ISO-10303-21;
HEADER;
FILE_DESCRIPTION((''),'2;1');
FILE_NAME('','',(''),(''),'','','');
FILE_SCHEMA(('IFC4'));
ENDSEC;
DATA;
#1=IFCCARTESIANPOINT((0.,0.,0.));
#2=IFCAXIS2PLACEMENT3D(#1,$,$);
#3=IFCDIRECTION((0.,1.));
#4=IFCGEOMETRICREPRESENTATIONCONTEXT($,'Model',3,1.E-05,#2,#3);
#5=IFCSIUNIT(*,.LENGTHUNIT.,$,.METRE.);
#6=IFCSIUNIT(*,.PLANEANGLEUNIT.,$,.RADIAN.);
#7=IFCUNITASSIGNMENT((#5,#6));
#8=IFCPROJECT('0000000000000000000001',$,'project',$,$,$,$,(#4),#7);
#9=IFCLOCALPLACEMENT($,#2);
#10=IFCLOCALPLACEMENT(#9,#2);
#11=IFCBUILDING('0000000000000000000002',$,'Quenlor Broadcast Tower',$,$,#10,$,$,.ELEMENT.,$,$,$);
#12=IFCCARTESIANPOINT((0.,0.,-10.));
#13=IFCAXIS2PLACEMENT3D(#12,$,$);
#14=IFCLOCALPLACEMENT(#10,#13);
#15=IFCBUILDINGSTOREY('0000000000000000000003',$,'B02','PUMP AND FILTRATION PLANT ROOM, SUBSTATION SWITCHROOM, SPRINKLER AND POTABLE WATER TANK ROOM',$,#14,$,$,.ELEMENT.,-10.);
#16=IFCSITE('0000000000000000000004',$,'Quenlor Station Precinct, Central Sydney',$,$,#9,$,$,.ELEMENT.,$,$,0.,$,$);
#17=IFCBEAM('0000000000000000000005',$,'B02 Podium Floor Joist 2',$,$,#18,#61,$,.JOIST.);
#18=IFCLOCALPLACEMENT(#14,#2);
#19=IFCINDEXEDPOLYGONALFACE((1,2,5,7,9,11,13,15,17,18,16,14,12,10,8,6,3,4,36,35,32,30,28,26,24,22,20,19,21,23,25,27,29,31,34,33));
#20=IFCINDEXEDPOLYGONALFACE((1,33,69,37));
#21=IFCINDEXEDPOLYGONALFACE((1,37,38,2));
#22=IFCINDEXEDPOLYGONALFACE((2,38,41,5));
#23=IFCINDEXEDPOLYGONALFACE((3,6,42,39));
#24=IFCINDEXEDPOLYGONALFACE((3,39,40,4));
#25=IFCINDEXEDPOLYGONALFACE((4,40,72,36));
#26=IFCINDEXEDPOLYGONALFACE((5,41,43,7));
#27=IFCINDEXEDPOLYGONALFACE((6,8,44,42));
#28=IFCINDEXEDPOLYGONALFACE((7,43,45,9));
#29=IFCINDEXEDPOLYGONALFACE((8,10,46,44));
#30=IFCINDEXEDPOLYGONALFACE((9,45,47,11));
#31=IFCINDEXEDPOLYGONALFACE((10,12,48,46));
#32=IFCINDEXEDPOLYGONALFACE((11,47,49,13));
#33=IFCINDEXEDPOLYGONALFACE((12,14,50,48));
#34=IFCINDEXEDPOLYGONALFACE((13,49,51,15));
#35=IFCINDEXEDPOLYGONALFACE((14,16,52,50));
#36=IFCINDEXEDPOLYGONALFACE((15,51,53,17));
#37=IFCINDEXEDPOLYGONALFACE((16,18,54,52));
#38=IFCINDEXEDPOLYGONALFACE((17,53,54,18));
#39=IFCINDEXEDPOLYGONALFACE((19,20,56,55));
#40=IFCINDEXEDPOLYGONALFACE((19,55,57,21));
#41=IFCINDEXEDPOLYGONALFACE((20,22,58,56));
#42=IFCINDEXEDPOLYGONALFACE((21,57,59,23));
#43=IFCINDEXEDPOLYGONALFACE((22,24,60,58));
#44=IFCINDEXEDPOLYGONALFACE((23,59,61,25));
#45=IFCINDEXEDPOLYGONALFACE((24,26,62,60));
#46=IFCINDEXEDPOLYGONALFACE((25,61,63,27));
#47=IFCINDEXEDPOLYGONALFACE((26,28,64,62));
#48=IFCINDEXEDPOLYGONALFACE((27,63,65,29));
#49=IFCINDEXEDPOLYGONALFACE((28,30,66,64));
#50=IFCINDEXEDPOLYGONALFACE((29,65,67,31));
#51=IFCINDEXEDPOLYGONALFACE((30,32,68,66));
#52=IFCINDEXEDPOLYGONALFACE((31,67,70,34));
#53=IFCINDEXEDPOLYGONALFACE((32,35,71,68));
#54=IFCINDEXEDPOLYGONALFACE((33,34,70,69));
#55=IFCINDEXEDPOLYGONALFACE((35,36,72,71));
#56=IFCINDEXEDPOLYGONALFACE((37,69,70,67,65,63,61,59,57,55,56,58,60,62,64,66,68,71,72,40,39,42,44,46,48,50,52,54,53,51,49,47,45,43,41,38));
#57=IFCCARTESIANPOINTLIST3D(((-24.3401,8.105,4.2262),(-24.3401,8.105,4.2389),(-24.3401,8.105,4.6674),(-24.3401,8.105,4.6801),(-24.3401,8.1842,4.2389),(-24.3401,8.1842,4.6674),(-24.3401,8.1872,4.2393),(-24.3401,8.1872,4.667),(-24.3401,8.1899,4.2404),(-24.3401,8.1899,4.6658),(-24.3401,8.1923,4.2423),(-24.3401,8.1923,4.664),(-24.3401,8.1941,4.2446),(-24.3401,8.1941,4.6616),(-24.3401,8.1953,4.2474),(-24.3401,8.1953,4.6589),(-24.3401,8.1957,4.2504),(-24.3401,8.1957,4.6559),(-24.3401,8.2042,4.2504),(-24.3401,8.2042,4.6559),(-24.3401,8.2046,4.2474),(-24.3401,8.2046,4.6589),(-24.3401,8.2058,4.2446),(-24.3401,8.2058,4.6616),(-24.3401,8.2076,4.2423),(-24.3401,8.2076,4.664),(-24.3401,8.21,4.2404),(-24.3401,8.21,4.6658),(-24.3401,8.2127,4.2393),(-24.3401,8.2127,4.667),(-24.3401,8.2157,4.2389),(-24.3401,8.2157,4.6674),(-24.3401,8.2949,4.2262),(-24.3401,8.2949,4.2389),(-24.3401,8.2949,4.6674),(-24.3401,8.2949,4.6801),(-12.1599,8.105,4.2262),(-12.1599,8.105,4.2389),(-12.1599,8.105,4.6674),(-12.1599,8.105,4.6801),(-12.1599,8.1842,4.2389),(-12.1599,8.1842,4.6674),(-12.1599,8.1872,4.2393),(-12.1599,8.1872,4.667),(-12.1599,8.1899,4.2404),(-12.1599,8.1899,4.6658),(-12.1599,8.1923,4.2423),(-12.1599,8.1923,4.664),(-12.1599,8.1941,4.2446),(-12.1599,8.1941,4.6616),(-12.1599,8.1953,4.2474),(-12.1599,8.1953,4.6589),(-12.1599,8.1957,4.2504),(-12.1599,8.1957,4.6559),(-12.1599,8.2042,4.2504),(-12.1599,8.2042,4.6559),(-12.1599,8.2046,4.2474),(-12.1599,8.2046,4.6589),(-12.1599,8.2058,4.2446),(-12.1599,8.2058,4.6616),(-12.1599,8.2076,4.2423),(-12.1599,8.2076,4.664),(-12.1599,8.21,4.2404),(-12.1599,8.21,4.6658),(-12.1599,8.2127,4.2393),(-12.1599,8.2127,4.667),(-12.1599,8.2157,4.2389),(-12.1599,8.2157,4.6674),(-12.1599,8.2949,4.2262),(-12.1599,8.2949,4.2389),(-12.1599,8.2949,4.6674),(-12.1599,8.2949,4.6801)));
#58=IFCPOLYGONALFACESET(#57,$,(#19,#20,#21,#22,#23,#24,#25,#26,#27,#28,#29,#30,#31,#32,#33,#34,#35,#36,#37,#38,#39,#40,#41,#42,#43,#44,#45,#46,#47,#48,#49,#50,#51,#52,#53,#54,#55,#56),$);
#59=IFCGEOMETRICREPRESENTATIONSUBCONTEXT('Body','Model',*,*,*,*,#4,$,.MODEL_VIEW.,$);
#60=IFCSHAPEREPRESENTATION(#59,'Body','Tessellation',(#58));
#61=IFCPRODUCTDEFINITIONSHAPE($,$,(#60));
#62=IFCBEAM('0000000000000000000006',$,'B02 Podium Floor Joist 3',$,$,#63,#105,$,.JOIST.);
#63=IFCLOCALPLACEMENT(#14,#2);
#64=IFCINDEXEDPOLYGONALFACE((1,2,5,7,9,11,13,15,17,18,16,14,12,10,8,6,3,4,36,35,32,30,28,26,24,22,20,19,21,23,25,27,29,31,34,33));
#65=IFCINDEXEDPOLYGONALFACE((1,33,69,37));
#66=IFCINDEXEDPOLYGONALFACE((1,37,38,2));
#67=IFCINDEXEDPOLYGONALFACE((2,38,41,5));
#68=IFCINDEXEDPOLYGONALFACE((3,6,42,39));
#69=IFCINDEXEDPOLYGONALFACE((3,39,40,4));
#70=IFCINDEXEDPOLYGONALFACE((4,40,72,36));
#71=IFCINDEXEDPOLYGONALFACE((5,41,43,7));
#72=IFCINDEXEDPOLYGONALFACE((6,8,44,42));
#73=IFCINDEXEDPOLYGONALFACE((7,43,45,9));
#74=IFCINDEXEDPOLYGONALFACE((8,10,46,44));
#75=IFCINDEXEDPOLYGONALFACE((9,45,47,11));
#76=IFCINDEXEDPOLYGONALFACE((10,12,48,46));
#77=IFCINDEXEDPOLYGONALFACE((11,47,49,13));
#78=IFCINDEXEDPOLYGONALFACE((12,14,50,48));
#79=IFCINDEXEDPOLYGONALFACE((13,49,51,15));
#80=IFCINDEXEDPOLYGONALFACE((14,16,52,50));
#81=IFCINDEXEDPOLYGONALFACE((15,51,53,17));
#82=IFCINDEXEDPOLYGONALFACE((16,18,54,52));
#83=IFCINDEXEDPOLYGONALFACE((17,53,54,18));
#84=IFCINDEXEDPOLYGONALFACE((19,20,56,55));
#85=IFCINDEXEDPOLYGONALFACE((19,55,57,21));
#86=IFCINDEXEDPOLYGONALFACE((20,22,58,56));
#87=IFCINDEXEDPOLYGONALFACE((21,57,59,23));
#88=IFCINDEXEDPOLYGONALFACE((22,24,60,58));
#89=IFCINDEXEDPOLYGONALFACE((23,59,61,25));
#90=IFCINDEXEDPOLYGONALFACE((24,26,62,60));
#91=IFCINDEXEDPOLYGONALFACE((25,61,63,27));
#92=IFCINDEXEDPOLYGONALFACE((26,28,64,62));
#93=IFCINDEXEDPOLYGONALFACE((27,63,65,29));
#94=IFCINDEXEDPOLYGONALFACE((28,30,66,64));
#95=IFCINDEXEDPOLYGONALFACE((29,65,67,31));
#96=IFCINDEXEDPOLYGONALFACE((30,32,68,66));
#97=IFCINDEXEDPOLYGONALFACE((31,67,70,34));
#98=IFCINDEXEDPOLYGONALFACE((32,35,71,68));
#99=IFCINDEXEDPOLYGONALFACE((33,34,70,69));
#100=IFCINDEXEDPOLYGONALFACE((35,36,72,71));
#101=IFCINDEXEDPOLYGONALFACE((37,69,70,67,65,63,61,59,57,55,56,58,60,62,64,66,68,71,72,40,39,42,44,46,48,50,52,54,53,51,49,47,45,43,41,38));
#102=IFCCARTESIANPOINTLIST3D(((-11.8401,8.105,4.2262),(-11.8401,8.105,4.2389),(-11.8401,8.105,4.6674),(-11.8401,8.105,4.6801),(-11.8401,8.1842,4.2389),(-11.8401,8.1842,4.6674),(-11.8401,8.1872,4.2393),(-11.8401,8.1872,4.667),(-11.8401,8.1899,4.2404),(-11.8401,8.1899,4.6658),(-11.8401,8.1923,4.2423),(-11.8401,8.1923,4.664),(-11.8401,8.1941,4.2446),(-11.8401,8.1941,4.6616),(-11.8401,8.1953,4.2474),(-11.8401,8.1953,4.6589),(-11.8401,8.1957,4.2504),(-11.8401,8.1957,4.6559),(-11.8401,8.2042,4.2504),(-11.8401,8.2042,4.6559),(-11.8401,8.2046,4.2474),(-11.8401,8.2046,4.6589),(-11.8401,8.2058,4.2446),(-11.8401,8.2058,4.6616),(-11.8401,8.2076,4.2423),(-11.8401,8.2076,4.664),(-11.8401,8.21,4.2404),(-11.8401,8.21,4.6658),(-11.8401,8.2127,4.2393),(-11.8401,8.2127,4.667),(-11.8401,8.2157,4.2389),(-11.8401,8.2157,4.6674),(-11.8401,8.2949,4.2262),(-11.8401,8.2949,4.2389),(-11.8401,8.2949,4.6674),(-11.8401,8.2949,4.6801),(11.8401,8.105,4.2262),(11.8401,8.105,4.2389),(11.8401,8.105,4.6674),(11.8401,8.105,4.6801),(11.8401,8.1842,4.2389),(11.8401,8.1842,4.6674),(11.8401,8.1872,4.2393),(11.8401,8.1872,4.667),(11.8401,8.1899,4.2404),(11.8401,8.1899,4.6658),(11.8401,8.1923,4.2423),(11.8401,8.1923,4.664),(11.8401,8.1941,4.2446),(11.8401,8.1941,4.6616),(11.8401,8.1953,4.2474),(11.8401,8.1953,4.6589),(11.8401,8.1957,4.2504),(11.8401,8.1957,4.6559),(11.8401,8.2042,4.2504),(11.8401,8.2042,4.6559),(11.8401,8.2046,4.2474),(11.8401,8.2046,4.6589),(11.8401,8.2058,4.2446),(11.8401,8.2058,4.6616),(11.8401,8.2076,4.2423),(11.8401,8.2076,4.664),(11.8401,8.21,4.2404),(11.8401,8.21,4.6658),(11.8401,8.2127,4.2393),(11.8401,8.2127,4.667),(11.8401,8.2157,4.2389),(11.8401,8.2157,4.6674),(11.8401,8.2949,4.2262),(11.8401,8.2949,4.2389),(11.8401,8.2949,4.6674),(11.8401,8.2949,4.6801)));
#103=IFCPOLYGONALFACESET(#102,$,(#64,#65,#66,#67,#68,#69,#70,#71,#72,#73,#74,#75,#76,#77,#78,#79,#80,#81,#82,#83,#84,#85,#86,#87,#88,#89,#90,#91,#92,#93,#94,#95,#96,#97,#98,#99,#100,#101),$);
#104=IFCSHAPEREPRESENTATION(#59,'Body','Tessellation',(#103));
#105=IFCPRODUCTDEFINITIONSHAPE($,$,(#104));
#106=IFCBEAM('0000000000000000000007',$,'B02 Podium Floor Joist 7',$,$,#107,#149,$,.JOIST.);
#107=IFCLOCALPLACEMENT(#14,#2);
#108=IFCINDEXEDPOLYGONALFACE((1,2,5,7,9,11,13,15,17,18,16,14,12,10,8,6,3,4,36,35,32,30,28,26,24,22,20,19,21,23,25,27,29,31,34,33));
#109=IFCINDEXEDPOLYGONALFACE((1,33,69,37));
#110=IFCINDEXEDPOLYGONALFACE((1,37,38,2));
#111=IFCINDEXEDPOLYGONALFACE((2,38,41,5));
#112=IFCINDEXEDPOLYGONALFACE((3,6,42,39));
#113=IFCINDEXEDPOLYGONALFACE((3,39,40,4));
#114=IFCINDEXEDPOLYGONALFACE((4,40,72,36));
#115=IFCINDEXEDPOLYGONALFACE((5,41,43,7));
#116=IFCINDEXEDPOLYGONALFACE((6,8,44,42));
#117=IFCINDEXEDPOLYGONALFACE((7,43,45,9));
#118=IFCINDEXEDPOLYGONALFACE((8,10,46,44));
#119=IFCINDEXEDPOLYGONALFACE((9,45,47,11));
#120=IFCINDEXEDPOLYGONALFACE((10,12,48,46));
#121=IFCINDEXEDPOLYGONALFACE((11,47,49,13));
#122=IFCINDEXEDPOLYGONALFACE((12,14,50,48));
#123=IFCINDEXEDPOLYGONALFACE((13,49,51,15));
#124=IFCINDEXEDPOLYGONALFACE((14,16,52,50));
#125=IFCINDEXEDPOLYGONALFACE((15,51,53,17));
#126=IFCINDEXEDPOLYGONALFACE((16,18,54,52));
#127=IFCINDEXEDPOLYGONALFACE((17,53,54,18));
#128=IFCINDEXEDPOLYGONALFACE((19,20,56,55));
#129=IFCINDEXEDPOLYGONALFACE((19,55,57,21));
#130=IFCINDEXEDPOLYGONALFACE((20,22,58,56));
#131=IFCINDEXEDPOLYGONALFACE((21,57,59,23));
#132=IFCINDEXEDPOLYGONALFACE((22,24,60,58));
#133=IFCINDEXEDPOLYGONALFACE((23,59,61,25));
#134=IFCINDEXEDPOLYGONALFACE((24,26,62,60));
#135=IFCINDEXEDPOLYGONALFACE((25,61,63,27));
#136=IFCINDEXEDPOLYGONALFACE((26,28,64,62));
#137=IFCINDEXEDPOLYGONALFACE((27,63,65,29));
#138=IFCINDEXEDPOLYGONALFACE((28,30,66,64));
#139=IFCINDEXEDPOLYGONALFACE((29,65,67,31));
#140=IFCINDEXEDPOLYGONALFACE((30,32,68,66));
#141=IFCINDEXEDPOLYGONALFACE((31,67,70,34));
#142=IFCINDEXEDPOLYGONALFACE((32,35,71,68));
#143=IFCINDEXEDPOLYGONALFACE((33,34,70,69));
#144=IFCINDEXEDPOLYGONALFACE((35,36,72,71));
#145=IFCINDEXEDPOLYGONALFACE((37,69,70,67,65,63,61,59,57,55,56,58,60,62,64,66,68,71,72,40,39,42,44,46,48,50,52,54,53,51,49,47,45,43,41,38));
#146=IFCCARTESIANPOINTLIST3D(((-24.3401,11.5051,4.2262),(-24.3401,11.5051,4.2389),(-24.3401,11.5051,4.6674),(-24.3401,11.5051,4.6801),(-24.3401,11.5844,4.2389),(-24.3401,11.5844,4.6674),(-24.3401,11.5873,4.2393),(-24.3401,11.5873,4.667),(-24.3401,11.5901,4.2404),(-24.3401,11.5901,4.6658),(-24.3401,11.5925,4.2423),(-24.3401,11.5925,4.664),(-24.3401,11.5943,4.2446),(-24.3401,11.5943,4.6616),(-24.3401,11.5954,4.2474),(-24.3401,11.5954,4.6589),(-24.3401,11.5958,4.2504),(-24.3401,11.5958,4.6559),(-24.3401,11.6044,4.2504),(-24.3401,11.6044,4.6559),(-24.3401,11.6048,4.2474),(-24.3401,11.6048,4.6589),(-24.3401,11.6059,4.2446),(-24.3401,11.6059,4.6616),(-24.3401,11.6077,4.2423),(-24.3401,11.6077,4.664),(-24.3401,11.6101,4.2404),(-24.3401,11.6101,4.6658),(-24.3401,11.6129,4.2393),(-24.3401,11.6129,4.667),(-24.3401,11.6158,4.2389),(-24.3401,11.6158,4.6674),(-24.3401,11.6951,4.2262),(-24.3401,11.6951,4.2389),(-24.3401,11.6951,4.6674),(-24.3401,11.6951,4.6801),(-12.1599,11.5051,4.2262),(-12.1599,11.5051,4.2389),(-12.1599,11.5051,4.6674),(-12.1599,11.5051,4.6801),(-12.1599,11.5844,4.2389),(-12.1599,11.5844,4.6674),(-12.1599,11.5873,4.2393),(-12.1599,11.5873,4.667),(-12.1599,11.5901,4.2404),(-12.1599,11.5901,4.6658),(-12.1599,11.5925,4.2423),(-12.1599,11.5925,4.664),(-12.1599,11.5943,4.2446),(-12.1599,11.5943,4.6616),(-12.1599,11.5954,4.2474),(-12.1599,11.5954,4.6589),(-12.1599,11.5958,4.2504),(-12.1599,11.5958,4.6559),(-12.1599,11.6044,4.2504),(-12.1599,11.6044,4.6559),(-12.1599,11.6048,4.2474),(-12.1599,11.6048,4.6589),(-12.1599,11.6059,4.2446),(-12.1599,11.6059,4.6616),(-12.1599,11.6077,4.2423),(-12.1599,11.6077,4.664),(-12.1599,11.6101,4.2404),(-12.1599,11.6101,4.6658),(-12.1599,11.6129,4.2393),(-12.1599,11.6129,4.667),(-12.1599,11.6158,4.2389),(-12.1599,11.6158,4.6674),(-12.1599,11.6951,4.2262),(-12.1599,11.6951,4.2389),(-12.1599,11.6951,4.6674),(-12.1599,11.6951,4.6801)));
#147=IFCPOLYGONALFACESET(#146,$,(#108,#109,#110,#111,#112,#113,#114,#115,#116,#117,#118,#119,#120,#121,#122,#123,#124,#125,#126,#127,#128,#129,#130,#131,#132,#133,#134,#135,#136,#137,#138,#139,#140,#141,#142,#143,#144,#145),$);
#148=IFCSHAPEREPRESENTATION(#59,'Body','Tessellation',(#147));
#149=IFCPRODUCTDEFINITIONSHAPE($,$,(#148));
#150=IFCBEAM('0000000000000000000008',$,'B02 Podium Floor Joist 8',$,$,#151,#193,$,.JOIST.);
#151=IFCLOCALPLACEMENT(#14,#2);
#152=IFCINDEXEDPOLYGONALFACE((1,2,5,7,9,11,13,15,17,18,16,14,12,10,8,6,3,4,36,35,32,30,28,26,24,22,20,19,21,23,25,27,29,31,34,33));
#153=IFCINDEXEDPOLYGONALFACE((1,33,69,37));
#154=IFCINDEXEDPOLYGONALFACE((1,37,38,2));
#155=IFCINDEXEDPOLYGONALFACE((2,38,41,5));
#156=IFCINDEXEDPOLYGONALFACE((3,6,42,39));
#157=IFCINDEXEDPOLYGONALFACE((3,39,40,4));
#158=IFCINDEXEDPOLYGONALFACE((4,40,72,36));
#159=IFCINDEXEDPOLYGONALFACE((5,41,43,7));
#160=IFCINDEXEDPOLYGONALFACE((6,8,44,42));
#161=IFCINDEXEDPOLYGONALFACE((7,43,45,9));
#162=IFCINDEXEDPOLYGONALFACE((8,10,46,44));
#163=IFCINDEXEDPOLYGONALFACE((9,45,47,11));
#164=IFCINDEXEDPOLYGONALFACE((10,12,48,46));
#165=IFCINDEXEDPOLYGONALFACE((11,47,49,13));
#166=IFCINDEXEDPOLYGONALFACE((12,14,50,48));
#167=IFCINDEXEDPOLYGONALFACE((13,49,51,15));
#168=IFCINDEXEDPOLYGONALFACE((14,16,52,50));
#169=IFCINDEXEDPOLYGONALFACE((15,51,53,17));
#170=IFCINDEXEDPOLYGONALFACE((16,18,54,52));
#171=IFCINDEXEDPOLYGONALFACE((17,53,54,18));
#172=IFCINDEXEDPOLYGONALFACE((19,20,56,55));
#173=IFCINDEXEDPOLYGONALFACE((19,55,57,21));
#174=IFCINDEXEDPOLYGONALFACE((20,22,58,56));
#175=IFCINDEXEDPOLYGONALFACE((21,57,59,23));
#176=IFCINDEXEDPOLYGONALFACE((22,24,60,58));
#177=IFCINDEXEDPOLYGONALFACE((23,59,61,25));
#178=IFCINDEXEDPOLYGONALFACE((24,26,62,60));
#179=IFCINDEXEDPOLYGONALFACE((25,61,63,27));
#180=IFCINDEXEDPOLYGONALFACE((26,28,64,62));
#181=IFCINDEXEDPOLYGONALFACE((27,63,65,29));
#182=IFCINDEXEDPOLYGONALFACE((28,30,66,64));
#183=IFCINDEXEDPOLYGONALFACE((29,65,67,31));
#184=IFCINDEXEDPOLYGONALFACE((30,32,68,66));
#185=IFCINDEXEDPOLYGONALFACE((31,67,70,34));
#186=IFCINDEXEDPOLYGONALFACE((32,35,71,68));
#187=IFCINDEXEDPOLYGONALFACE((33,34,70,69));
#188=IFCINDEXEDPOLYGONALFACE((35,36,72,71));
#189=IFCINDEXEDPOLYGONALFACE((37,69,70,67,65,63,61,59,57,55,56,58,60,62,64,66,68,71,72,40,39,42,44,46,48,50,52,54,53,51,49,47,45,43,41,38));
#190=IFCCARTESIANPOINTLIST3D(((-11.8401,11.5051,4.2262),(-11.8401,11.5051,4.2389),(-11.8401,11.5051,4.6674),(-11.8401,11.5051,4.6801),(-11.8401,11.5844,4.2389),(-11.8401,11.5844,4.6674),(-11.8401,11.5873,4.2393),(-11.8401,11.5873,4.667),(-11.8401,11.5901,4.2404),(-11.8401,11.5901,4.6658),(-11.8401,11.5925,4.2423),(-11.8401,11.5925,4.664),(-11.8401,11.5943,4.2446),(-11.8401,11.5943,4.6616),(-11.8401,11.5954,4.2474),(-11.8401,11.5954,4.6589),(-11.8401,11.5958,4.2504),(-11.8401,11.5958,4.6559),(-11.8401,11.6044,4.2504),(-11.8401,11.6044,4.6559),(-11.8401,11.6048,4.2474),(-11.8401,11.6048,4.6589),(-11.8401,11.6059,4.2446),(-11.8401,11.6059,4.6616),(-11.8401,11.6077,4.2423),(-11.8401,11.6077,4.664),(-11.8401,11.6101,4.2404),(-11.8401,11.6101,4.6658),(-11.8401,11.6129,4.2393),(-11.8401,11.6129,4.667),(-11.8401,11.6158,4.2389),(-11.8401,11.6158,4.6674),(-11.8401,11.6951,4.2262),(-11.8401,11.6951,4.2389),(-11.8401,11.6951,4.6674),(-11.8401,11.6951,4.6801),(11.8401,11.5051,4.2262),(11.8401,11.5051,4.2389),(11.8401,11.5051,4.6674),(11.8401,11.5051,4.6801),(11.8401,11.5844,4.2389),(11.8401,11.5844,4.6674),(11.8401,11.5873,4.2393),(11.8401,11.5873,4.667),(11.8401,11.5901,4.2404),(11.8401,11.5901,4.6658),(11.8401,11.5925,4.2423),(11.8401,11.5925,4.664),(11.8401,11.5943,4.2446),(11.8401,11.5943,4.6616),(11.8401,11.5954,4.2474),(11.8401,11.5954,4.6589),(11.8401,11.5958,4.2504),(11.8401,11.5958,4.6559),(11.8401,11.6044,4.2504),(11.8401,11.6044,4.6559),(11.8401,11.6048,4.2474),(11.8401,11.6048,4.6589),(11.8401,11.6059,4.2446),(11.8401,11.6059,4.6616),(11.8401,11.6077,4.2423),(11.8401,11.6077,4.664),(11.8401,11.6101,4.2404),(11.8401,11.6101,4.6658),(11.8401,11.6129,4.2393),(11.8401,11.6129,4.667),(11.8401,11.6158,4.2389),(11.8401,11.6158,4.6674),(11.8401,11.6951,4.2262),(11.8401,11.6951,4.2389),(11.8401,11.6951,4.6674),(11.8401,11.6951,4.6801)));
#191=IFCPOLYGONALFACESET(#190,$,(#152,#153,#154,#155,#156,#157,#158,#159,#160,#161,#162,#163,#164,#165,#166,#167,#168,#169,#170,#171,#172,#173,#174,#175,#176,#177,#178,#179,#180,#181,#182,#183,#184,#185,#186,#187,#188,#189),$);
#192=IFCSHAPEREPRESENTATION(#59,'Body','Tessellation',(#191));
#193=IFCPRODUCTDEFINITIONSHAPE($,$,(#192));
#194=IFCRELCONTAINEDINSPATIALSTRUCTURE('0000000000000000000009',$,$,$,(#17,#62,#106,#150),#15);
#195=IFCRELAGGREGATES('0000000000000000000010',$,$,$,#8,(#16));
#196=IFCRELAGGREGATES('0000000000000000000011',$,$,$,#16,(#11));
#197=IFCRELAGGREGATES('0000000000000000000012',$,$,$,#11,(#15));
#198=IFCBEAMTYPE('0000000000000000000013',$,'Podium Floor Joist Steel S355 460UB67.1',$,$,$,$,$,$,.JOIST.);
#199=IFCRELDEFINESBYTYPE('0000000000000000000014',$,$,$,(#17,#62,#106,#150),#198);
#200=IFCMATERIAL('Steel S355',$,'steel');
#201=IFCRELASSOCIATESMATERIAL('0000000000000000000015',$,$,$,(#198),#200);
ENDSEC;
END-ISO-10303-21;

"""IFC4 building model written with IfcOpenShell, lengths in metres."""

from ifc_helpers import new_model, si_unit, direction, frame, origin, origin_2d, place, context, subcontext, project, spatial, i_section, extrude, material, material_profile, profile_set, type_object, element, save


model = new_model("IFC4")

# Units and contexts
model_context = context("Model", 3, precision=1e-05, world=origin(), true_north=direction((0.0, 1.0)))
body_context = subcontext(model_context, "Body", "Model", "MODEL_VIEW")
ifc_project = project(units=[si_unit("LENGTHUNIT", "METRE"), si_unit("PLANEANGLEUNIT", "RADIAN")], contexts=[model_context])

# Site, building, storey
site_placement = place(None, origin())
site = spatial("IfcSite", under=ifc_project, at=site_placement, Name="Quenlor Station Precinct, Central Sydney", CompositionType="ELEMENT", RefElevation=0.0)
building_placement = place(site_placement, origin())
building = spatial("IfcBuilding", under=site, at=building_placement, Name="Quenlor Broadcast Tower", CompositionType="ELEMENT")
storey_placement = place(building_placement, frame((0.0, 0.0, -10.0)))
storey = spatial("IfcBuildingStorey", under=building, at=storey_placement, Name="B02", Description="PUMP AND FILTRATION PLANT ROOM, SUBSTATION SWITCHROOM, SPRINKLER AND POTABLE WATER TANK ROOM", CompositionType="ELEMENT", Elevation=-10.0)

# Beams
ifc_material_1 = material(Name="Steel S355", Category="steel")
ifc_material_profile_1 = material_profile(ifc_material_1, i_section(OverallWidth=0.1899, OverallDepth=0.4539, WebThickness=0.0085, FlangeThickness=0.0127, FilletRadius=0.0115, at=origin_2d()))
ifc_profile_set_1 = profile_set([ifc_material_profile_1], Name="Steel S355 460UB67.1")
beam_type_1 = type_object("IfcBeamType", Name="Podium Floor Joist Steel S355 460UB67.1", PredefinedType="JOIST", material=ifc_profile_set_1)
beam_1_placement = place(storey_placement, frame((-24.3401, 8.2, 4.4531), z_axis=(1.0, 0.0, 0.0), x_axis=(0.0, 1.0, 0.0)))
element("IfcBeam", 1, at=beam_1_placement, inside=storey, type_object=beam_type_1, Name="B02 Podium Floor Joist 2", PredefinedType="JOIST", context=body_context, shape_type="SweptSolid", body=[
    extrude(i_section(OverallWidth=0.1899, OverallDepth=0.4539, WebThickness=0.0085, FlangeThickness=0.0127, FilletRadius=0.0115, at=origin_2d()), origin(), (0.0, 0.0, 1.0), 12.1802),
])
beam_2_placement = place(storey_placement, frame((-11.8401, 8.2, 4.4531), z_axis=(1.0, 0.0, 0.0), x_axis=(0.0, 1.0, 0.0)))
element("IfcBeam", 2, at=beam_2_placement, inside=storey, type_object=beam_type_1, Name="B02 Podium Floor Joist 3", PredefinedType="JOIST", context=body_context, shape_type="SweptSolid", body=[
    extrude(i_section(OverallWidth=0.1899, OverallDepth=0.4539, WebThickness=0.0085, FlangeThickness=0.0127, FilletRadius=0.0115, at=origin_2d()), origin(), (0.0, 0.0, 1.0), 23.6802),
])
beam_3_placement = place(storey_placement, frame((-24.3401, 11.6001, 4.4531), z_axis=(1.0, 0.0, 0.0), x_axis=(0.0, 1.0, 0.0)))
element("IfcBeam", 3, at=beam_3_placement, inside=storey, type_object=beam_type_1, Name="B02 Podium Floor Joist 7", PredefinedType="JOIST", context=body_context, shape_type="SweptSolid", body=[
    extrude(i_section(OverallWidth=0.1899, OverallDepth=0.4539, WebThickness=0.0085, FlangeThickness=0.0127, FilletRadius=0.0115, at=origin_2d()), origin(), (0.0, 0.0, 1.0), 12.1802),
])
beam_4_placement = place(storey_placement, frame((-11.8401, 11.6001, 4.4531), z_axis=(1.0, 0.0, 0.0), x_axis=(0.0, 1.0, 0.0)))
element("IfcBeam", 4, at=beam_4_placement, inside=storey, type_object=beam_type_1, Name="B02 Podium Floor Joist 8", PredefinedType="JOIST", context=body_context, shape_type="SweptSolid", body=[
    extrude(i_section(OverallWidth=0.1899, OverallDepth=0.4539, WebThickness=0.0085, FlangeThickness=0.0127, FilletRadius=0.0115, at=origin_2d()), origin(), (0.0, 0.0, 1.0), 23.6802),
])

save(model, "model.ifc")
